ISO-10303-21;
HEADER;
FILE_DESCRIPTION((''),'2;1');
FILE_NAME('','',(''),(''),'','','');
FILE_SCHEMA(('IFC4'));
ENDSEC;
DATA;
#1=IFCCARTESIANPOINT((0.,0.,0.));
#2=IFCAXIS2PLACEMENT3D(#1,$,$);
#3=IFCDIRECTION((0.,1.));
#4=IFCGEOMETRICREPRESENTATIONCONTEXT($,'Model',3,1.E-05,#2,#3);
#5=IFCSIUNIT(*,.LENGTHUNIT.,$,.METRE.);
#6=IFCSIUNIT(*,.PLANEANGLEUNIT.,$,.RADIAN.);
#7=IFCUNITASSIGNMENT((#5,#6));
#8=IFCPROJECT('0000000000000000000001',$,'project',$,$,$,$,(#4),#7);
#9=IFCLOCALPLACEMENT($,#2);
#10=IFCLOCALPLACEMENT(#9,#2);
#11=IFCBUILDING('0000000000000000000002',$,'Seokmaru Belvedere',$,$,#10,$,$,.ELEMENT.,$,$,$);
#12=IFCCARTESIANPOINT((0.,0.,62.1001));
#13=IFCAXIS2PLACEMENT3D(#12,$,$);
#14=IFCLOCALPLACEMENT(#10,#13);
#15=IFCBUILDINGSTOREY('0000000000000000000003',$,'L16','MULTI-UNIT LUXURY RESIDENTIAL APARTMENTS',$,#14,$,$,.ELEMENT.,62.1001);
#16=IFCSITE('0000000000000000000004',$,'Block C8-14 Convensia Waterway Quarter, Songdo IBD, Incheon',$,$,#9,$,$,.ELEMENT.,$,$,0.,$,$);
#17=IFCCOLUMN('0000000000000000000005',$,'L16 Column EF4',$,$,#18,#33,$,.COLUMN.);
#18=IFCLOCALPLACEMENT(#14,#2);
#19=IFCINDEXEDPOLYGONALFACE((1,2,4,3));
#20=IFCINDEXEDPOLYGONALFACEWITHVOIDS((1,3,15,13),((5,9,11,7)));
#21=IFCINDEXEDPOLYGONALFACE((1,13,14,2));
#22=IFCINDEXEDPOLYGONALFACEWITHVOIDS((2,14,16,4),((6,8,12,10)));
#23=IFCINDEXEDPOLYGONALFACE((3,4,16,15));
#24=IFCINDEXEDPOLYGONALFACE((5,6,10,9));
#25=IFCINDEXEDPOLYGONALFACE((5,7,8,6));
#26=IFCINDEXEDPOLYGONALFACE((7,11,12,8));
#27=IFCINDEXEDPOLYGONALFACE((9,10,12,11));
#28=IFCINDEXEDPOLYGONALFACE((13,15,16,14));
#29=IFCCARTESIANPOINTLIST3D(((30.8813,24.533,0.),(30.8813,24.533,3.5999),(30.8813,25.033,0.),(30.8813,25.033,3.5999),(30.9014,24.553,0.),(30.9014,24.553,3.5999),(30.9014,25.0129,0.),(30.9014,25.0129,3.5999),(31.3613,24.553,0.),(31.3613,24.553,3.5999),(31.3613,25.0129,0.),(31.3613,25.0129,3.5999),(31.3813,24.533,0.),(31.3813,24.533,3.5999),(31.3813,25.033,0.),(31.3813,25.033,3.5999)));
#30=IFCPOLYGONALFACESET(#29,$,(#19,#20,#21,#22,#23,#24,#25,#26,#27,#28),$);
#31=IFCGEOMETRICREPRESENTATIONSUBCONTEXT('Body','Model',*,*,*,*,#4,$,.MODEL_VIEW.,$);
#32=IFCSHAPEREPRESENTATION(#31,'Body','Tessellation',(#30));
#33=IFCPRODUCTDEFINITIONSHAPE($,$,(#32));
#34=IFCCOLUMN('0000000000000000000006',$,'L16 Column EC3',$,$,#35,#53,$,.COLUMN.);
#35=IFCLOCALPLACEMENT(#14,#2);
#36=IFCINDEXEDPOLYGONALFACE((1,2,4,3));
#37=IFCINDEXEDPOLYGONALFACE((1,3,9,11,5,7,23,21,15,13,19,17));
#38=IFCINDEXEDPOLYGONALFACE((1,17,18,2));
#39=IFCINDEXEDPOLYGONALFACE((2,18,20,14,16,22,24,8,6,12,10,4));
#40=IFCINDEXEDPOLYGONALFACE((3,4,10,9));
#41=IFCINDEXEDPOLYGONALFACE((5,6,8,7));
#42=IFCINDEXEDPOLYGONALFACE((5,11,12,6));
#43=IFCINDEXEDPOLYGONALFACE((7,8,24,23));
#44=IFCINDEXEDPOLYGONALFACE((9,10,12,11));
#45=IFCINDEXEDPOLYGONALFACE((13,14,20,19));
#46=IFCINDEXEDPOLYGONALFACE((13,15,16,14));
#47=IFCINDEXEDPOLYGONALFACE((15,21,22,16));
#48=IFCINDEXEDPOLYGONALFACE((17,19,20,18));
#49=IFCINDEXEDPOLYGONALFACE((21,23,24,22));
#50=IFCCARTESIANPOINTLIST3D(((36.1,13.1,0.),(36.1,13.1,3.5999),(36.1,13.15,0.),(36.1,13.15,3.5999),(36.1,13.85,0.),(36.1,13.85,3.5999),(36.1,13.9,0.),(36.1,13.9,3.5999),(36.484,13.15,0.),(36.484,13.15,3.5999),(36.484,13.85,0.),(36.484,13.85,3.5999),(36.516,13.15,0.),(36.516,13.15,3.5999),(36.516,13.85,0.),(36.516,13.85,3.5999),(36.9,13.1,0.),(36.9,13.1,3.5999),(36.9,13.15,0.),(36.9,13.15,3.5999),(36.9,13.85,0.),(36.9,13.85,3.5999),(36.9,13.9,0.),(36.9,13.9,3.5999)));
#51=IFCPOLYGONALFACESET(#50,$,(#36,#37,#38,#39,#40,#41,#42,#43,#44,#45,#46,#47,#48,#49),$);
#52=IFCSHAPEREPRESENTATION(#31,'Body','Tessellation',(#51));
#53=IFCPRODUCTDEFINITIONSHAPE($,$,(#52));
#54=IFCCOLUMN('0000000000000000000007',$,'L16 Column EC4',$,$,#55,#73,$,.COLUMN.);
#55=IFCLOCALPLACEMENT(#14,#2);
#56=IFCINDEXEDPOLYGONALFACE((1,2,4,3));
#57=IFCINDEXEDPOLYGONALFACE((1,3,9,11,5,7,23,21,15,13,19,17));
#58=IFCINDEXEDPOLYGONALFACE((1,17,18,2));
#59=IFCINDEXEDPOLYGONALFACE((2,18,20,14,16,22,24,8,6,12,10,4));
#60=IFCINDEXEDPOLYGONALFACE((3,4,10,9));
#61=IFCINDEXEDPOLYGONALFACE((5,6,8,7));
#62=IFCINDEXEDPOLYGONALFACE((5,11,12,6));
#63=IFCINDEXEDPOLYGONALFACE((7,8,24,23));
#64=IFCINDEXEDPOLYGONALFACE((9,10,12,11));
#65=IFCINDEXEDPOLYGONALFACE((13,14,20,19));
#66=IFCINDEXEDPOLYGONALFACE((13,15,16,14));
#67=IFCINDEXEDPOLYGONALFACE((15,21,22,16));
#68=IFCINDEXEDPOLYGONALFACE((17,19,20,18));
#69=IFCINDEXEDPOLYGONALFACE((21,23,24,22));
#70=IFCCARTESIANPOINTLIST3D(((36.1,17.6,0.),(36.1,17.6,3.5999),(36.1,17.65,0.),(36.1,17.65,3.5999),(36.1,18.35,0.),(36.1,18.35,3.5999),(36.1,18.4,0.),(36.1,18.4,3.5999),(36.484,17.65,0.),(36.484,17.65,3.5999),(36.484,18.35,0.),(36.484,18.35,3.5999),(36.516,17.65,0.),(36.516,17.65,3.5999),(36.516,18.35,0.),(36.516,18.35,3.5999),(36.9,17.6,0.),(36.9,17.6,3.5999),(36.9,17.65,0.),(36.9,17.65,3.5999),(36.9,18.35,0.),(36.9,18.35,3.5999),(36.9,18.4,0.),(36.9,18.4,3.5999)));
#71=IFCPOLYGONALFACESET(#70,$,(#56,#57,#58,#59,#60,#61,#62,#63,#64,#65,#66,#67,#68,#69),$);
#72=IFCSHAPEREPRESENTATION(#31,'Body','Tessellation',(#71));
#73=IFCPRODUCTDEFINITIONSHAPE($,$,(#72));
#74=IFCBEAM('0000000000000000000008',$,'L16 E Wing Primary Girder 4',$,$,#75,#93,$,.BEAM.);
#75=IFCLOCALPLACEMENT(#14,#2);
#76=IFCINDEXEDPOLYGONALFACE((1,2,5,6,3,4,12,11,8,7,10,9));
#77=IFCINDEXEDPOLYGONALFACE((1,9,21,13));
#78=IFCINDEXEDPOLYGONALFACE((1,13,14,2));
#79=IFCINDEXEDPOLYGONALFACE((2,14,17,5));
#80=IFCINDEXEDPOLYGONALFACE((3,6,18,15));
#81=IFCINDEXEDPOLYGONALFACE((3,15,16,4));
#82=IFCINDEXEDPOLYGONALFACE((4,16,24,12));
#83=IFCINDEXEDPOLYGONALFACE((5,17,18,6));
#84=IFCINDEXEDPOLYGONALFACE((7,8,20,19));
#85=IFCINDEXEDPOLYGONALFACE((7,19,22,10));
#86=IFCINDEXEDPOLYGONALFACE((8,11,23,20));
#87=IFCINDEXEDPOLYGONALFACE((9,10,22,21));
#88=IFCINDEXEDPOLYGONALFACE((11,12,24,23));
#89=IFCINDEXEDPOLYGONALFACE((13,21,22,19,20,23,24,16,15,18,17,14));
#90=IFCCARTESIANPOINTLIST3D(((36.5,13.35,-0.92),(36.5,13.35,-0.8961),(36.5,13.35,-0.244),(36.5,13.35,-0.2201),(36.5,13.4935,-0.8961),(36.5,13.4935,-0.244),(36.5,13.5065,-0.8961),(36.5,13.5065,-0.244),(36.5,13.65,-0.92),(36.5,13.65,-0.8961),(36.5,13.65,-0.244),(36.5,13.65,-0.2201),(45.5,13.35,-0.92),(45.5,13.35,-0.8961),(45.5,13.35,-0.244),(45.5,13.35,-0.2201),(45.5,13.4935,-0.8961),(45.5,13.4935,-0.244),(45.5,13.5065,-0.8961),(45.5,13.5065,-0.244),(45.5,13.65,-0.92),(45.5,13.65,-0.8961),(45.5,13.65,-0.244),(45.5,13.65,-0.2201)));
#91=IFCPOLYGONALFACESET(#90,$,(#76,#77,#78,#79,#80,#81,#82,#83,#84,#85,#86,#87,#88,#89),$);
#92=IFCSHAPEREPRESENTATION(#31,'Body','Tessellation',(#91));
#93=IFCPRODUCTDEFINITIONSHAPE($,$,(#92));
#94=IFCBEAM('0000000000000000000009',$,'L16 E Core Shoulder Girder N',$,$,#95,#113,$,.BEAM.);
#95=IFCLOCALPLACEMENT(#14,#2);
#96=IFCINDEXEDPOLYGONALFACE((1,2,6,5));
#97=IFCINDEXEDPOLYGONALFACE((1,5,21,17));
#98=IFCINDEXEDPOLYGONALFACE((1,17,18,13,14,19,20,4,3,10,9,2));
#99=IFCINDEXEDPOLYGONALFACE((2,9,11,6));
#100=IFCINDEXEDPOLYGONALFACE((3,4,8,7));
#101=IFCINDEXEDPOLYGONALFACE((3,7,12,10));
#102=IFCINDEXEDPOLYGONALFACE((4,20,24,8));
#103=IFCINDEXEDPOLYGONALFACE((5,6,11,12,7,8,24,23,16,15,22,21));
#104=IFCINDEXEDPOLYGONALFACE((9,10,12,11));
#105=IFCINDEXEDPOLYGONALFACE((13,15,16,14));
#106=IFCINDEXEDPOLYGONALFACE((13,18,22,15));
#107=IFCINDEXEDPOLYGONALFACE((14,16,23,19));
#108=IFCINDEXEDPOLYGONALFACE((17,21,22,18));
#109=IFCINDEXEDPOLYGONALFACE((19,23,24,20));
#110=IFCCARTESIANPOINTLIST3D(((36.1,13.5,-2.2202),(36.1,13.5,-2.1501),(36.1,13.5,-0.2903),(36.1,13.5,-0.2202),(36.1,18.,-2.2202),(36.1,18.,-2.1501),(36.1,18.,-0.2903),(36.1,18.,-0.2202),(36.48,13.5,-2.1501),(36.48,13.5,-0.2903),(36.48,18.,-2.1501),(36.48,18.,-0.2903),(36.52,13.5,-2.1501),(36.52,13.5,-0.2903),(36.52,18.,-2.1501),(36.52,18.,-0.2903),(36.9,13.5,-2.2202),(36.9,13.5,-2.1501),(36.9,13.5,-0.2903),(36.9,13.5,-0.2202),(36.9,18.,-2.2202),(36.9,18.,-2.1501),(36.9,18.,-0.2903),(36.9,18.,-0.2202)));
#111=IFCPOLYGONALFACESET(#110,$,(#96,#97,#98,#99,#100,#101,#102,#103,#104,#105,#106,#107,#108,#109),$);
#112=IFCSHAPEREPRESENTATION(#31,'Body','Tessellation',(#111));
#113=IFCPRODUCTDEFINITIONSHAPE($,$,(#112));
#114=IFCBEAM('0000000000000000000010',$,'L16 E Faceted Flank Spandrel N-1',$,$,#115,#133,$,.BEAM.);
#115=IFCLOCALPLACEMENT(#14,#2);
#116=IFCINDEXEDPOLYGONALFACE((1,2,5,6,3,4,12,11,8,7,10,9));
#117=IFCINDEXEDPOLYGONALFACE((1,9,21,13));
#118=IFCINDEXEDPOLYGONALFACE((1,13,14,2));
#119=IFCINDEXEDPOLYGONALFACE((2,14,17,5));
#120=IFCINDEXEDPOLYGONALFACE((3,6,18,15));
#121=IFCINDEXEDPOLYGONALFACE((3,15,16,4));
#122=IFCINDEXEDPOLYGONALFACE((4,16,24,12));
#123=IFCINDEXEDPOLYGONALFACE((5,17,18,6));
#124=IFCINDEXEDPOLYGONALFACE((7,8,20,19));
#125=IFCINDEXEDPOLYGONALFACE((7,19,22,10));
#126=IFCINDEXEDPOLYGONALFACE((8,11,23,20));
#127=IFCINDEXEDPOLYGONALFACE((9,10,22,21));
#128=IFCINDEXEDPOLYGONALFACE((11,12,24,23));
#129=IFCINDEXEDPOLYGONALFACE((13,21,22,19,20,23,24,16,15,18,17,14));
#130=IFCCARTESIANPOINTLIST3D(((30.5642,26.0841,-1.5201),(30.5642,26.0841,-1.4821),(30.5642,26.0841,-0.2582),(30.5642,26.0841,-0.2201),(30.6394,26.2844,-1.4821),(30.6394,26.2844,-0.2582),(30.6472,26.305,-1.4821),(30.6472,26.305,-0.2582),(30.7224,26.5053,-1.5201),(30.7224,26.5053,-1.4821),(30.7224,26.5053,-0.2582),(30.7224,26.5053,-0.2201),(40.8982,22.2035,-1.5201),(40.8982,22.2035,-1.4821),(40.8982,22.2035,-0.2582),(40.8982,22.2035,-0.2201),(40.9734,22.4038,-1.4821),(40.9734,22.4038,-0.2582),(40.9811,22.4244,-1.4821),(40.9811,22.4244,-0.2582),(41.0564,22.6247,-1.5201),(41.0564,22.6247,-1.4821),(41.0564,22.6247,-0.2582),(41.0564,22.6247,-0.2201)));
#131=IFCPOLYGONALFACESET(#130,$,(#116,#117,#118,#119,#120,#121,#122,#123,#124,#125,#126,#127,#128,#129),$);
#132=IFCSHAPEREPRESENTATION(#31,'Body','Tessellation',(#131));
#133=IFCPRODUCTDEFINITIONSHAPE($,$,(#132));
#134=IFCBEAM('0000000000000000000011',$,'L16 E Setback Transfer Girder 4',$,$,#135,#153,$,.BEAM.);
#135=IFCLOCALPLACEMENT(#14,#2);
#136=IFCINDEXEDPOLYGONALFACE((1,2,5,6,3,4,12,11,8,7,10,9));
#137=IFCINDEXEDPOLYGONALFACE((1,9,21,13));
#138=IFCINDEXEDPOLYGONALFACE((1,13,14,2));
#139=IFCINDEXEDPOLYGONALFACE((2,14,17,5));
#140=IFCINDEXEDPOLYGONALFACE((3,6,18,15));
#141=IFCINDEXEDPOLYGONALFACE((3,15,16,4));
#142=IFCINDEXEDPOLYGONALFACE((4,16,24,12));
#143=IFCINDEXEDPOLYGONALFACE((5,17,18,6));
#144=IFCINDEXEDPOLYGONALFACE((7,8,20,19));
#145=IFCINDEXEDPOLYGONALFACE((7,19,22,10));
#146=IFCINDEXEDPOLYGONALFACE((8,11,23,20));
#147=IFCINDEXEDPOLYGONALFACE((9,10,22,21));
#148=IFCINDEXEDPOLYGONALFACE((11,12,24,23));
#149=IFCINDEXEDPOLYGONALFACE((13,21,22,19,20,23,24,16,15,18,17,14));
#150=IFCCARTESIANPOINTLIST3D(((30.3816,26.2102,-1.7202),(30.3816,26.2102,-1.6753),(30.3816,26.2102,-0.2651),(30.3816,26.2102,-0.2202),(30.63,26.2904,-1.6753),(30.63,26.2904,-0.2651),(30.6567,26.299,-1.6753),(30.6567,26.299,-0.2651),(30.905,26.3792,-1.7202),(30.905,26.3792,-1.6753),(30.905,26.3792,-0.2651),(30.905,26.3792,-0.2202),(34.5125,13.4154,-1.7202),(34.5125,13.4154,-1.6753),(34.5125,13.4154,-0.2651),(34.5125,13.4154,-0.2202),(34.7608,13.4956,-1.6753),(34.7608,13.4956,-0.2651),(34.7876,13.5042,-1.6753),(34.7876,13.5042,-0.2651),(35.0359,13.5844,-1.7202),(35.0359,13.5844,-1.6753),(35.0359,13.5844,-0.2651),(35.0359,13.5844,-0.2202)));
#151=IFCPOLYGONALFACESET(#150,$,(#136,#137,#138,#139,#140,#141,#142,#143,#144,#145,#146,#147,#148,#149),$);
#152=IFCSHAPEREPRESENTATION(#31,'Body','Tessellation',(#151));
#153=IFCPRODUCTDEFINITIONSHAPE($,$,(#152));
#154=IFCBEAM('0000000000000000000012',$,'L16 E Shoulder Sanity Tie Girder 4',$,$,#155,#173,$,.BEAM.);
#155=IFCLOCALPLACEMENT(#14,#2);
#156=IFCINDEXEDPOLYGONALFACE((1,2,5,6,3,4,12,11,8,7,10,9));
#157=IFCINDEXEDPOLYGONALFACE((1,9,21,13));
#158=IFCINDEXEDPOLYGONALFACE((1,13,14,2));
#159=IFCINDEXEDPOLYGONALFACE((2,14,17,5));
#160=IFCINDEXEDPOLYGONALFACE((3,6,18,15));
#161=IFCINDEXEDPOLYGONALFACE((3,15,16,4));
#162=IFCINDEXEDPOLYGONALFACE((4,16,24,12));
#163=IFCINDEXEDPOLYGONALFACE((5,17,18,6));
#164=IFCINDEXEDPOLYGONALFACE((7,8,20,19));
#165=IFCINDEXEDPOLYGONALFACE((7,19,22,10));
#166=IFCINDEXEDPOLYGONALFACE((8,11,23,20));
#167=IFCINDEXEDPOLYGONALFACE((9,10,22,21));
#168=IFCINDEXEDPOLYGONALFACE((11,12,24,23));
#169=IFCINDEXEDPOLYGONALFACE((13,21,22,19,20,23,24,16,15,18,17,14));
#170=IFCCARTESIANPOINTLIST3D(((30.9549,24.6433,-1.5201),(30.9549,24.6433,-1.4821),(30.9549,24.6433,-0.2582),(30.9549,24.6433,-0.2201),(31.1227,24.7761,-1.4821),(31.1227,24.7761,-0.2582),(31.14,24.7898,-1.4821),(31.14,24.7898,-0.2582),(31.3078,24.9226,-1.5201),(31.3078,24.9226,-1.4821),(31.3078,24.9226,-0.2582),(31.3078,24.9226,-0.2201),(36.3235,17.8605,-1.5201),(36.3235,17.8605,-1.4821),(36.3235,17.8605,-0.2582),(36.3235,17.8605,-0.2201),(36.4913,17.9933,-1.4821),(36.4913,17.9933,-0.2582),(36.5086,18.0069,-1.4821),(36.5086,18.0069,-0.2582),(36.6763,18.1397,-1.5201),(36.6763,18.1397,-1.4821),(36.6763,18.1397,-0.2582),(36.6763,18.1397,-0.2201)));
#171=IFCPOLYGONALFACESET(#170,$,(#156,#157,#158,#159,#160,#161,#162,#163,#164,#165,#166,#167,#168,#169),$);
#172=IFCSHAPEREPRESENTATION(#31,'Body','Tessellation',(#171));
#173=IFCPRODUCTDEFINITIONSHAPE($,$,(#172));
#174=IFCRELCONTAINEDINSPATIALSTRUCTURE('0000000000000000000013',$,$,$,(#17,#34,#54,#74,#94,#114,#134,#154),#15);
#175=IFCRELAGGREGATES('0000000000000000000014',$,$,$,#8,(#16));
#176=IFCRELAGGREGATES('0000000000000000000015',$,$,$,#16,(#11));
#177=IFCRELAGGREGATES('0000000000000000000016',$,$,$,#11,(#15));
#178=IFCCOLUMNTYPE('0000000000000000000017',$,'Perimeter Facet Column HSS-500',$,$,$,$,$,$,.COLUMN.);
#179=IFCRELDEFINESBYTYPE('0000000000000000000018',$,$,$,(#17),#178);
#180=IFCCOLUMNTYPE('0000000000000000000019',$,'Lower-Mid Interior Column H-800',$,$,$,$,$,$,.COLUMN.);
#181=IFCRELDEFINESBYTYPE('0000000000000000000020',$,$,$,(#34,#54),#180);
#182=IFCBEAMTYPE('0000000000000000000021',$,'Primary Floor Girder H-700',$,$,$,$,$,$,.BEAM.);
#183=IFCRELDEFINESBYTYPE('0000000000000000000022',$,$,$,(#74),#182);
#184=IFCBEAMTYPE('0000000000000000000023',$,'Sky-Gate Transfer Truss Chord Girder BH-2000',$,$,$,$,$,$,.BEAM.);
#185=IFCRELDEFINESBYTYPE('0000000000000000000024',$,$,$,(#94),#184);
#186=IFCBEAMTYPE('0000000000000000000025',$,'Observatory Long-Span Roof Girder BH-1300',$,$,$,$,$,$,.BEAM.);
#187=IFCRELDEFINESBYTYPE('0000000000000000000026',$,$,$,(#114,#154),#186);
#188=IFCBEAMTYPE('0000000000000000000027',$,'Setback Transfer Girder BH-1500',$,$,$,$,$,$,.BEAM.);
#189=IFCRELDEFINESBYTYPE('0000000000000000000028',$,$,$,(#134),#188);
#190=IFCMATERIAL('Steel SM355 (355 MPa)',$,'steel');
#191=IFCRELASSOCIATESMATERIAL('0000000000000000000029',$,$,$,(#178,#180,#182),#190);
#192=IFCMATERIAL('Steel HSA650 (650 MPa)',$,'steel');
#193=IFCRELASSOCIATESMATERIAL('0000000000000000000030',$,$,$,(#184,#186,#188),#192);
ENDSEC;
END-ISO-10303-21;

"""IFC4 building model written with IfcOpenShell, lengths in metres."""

from ifc_helpers import new_model, si_unit, direction, frame, origin, origin_2d, place, context, subcontext, project, spatial, hollow_rectangle, i_section, extrude, source, transform, mapped, material, material_profile, profile_set, type_object, type_shapes, element, save


model = new_model("IFC4")

# Units and contexts
model_context = context("Model", 3, precision=1e-05, world=origin(), true_north=direction((0.0, 1.0)))
body_context = subcontext(model_context, "Body", "Model", "MODEL_VIEW")
ifc_project = project(units=[si_unit("LENGTHUNIT", "METRE"), si_unit("PLANEANGLEUNIT", "RADIAN")], contexts=[model_context])

# Site, building, storey
site_placement = place(None, origin())
site = spatial("IfcSite", under=ifc_project, at=site_placement, Name="Block C8-14 Convensia Waterway Quarter, Songdo IBD, Incheon", CompositionType="ELEMENT", RefElevation=0.0)
building_placement = place(site_placement, origin())
building = spatial("IfcBuilding", under=site, at=building_placement, Name="Seokmaru Belvedere", CompositionType="ELEMENT")
storey_placement = place(building_placement, frame((0.0, 0.0, 62.1001)))
storey = spatial("IfcBuildingStorey", under=building, at=storey_placement, Name="L16", Description="MULTI-UNIT LUXURY RESIDENTIAL APARTMENTS", CompositionType="ELEMENT", Elevation=62.1001)

# Columns
ifc_material_1 = material(Name="Steel SM355 (355 MPa)", Category="steel")
ifc_material_profile_1 = material_profile(ifc_material_1, hollow_rectangle(XDim=0.5, YDim=0.5, WallThickness=0.02, at=origin_2d()), Name="HSS-500x500x20")
ifc_profile_set_1 = profile_set([ifc_material_profile_1], Name="Steel SM355 (355 MPa)")
column_type_1 = type_object("IfcColumnType", Name="Perimeter Facet Column HSS-500", PredefinedType="COLUMN", material=ifc_profile_set_1)
shared_shape_1 = source(origin(), body_context, "Body", "SweptSolid", [
    extrude(hollow_rectangle(XDim=0.5, YDim=0.5, WallThickness=0.02, at=origin_2d()), origin(), (0.0, 0.0, 1.0), 3.5999),
])
type_shapes(column_type_1, [shared_shape_1])
column_placement = place(storey_placement, frame((31.1313, 24.783, 0.0), z_axis=(0.0, 0.0, 1.0), x_axis=(1.0, 0.0, 0.0)))
element("IfcColumn", 1, at=column_placement, inside=storey, type_object=column_type_1, Name="L16 Column EF4", PredefinedType="COLUMN", context=body_context, shape_type="MappedRepresentation", body=[
    mapped(shared_shape_1, transform((0.0, 0.0, 0.0), scale=1.0)),
])
ifc_material_profile_2 = material_profile(ifc_material_1, i_section(OverallWidth=0.8, OverallDepth=0.8, WebThickness=0.032, FlangeThickness=0.05, at=origin_2d()), Name="H-800x800x32x50")
ifc_profile_set_2 = profile_set([ifc_material_profile_2], Name="Steel SM355 (355 MPa)")
column_type_2 = type_object("IfcColumnType", Name="Lower-Mid Interior Column H-800", PredefinedType="COLUMN", material=ifc_profile_set_2)
shared_shape_2 = source(origin(), body_context, "Body", "SweptSolid", [
    extrude(i_section(OverallWidth=0.8, OverallDepth=0.8, WebThickness=0.032, FlangeThickness=0.05, at=origin_2d()), origin(), (0.0, 0.0, 1.0), 3.5999),
])
type_shapes(column_type_2, [shared_shape_2])
for number, where, z_axis, x_axis, name in (
    (2, (36.5, 13.5, 0.0), (0.0, 0.0, 1.0), (1.0, 0.0, 0.0), "L16 Column EC3"),
    (3, (36.5, 18.0, 0.0), (0.0, 0.0, 1.0), (1.0, 0.0, 0.0), "L16 Column EC4"),
):
    element("IfcColumn", number, at=place(storey_placement, frame(where, z_axis=z_axis, x_axis=x_axis)), inside=storey, type_object=column_type_2, Name=name, PredefinedType="COLUMN", context=body_context, shape_type="MappedRepresentation", body=[
        mapped(shared_shape_2, transform((0.0, 0.0, 0.0), scale=1.0)),
    ])

# Beams
ifc_material_profile_3 = material_profile(ifc_material_1, i_section(OverallWidth=0.3, OverallDepth=0.7, WebThickness=0.0129, FlangeThickness=0.0239, at=origin_2d()), Name="H-700x300x13x24")
ifc_profile_set_3 = profile_set([ifc_material_profile_3], Name="Steel SM355 (355 MPa)")
beam_type_1 = type_object("IfcBeamType", Name="Primary Floor Girder H-700", PredefinedType="BEAM", material=ifc_profile_set_3)
shared_shape_3 = source(origin(), body_context, "Body", "SweptSolid", [
    extrude(i_section(OverallWidth=0.3, OverallDepth=0.7, WebThickness=0.0129, FlangeThickness=0.0239, at=origin_2d()), origin(), (0.0, 0.0, 1.0), 9.0),
])
type_shapes(beam_type_1, [shared_shape_3])
beam_1_placement = place(storey_placement, frame((36.5, 13.5, -0.5701), z_axis=(1.0, 0.0, 0.0), x_axis=(0.0, 1.0, 0.0)))
element("IfcBeam", 4, at=beam_1_placement, inside=storey, type_object=beam_type_1, Name="L16 E Wing Primary Girder 4", PredefinedType="BEAM", context=body_context, shape_type="MappedRepresentation", body=[
    mapped(shared_shape_3, transform((0.0, 0.0, 0.0), scale=1.0)),
])
ifc_material_2 = material(Name="Steel HSA650 (650 MPa)", Category="steel")
ifc_material_profile_4 = material_profile(ifc_material_2, i_section(OverallWidth=0.8, OverallDepth=2.0, WebThickness=0.04, FlangeThickness=0.0701, at=origin_2d()), Name="BH-2000x800x40x70")
ifc_profile_set_4 = profile_set([ifc_material_profile_4], Name="Steel HSA650 (650 MPa)")
beam_type_2 = type_object("IfcBeamType", Name="Sky-Gate Transfer Truss Chord Girder BH-2000", PredefinedType="BEAM", material=ifc_profile_set_4)
shared_shape_4 = source(origin(), body_context, "Body", "SweptSolid", [
    extrude(i_section(OverallWidth=0.8, OverallDepth=2.0, WebThickness=0.04, FlangeThickness=0.0701, at=origin_2d()), origin(), (0.0, 0.0, 1.0), 4.5),
])
type_shapes(beam_type_2, [shared_shape_4])
beam_2_placement = place(storey_placement, frame((36.5, 13.5, -1.2202), z_axis=(0.0, 1.0, 0.0), x_axis=(-1.0, 0.0, 0.0)))
element("IfcBeam", 5, at=beam_2_placement, inside=storey, type_object=beam_type_2, Name="L16 E Core Shoulder Girder N", PredefinedType="BEAM", context=body_context, shape_type="MappedRepresentation", body=[
    mapped(shared_shape_4, transform((0.0, 0.0, 0.0), scale=1.0)),
])
ifc_material_profile_5 = material_profile(ifc_material_2, i_section(OverallWidth=0.45, OverallDepth=1.3, WebThickness=0.022, FlangeThickness=0.0381, at=origin_2d()), Name="BH-1300x450x22x38")
ifc_profile_set_5 = profile_set([ifc_material_profile_5], Name="Steel HSA650 (650 MPa)")
beam_type_3 = type_object("IfcBeamType", Name="Observatory Long-Span Roof Girder BH-1300", PredefinedType="BEAM", material=ifc_profile_set_5)
shared_shape_5 = source(origin(), body_context, "Body", "SweptSolid", [
    extrude(i_section(OverallWidth=0.45, OverallDepth=1.3, WebThickness=0.022, FlangeThickness=0.0381, at=origin_2d()), origin(), (0.0, 0.0, 1.0), 11.0386),
])
beam_3_placement = place(storey_placement, frame((30.6433, 26.2947, -0.8701), z_axis=(0.936169, -0.35155, 0.0), x_axis=(0.35155, 0.936169, 0.0)))
element("IfcBeam", 6, at=beam_3_placement, inside=storey, type_object=beam_type_3, Name="L16 E Faceted Flank Spandrel N-1", PredefinedType="BEAM", context=body_context, shape_type="MappedRepresentation", body=[
    mapped(shared_shape_5, transform((0.0, 0.0, 0.0), scale=1.0)),
])
ifc_material_profile_6 = material_profile(ifc_material_2, i_section(OverallWidth=0.55, OverallDepth=1.5, WebThickness=0.0281, FlangeThickness=0.0449, at=origin_2d()), Name="BH-1500x550x28x45")
ifc_profile_set_6 = profile_set([ifc_material_profile_6], Name="Steel HSA650 (650 MPa)")
beam_type_4 = type_object("IfcBeamType", Name="Setback Transfer Girder BH-1500", PredefinedType="BEAM", material=ifc_profile_set_6)
shared_shape_6 = source(origin(), body_context, "Body", "SweptSolid", [
    extrude(i_section(OverallWidth=0.55, OverallDepth=1.5, WebThickness=0.0281, FlangeThickness=0.0449, at=origin_2d()), origin(), (0.0, 0.0, 1.0), 13.4451),
])
type_shapes(beam_type_4, [shared_shape_6])
beam_4_placement = place(storey_placement, frame((30.6433, 26.2947, -0.9702), z_axis=(0.307242, -0.951632, 0.0), x_axis=(0.951632, 0.307242, 0.0)))
element("IfcBeam", 7, at=beam_4_placement, inside=storey, type_object=beam_type_4, Name="L16 E Setback Transfer Girder 4", PredefinedType="BEAM", context=body_context, shape_type="MappedRepresentation", body=[
    mapped(shared_shape_6, transform((0.0, 0.0, 0.0), scale=1.0)),
])
shared_shape_7 = source(origin(), body_context, "Body", "SweptSolid", [
    extrude(i_section(OverallWidth=0.45, OverallDepth=1.3, WebThickness=0.022, FlangeThickness=0.0381, at=origin_2d()), origin(), (0.0, 0.0, 1.0), 8.6504),
])
type_shapes(beam_type_3, [shared_shape_5, shared_shape_7])
beam_5_placement = place(storey_placement, frame((31.1313, 24.783, -0.8701), z_axis=(0.620618, -0.784113, 0.0), x_axis=(0.784113, 0.620618, 0.0)))
element("IfcBeam", 8, at=beam_5_placement, inside=storey, type_object=beam_type_3, Name="L16 E Shoulder Sanity Tie Girder 4", PredefinedType="BEAM", context=body_context, shape_type="MappedRepresentation", body=[
    mapped(shared_shape_7, transform((0.0, 0.0, 0.0), scale=1.0)),
])

save(model, "model.ifc")
